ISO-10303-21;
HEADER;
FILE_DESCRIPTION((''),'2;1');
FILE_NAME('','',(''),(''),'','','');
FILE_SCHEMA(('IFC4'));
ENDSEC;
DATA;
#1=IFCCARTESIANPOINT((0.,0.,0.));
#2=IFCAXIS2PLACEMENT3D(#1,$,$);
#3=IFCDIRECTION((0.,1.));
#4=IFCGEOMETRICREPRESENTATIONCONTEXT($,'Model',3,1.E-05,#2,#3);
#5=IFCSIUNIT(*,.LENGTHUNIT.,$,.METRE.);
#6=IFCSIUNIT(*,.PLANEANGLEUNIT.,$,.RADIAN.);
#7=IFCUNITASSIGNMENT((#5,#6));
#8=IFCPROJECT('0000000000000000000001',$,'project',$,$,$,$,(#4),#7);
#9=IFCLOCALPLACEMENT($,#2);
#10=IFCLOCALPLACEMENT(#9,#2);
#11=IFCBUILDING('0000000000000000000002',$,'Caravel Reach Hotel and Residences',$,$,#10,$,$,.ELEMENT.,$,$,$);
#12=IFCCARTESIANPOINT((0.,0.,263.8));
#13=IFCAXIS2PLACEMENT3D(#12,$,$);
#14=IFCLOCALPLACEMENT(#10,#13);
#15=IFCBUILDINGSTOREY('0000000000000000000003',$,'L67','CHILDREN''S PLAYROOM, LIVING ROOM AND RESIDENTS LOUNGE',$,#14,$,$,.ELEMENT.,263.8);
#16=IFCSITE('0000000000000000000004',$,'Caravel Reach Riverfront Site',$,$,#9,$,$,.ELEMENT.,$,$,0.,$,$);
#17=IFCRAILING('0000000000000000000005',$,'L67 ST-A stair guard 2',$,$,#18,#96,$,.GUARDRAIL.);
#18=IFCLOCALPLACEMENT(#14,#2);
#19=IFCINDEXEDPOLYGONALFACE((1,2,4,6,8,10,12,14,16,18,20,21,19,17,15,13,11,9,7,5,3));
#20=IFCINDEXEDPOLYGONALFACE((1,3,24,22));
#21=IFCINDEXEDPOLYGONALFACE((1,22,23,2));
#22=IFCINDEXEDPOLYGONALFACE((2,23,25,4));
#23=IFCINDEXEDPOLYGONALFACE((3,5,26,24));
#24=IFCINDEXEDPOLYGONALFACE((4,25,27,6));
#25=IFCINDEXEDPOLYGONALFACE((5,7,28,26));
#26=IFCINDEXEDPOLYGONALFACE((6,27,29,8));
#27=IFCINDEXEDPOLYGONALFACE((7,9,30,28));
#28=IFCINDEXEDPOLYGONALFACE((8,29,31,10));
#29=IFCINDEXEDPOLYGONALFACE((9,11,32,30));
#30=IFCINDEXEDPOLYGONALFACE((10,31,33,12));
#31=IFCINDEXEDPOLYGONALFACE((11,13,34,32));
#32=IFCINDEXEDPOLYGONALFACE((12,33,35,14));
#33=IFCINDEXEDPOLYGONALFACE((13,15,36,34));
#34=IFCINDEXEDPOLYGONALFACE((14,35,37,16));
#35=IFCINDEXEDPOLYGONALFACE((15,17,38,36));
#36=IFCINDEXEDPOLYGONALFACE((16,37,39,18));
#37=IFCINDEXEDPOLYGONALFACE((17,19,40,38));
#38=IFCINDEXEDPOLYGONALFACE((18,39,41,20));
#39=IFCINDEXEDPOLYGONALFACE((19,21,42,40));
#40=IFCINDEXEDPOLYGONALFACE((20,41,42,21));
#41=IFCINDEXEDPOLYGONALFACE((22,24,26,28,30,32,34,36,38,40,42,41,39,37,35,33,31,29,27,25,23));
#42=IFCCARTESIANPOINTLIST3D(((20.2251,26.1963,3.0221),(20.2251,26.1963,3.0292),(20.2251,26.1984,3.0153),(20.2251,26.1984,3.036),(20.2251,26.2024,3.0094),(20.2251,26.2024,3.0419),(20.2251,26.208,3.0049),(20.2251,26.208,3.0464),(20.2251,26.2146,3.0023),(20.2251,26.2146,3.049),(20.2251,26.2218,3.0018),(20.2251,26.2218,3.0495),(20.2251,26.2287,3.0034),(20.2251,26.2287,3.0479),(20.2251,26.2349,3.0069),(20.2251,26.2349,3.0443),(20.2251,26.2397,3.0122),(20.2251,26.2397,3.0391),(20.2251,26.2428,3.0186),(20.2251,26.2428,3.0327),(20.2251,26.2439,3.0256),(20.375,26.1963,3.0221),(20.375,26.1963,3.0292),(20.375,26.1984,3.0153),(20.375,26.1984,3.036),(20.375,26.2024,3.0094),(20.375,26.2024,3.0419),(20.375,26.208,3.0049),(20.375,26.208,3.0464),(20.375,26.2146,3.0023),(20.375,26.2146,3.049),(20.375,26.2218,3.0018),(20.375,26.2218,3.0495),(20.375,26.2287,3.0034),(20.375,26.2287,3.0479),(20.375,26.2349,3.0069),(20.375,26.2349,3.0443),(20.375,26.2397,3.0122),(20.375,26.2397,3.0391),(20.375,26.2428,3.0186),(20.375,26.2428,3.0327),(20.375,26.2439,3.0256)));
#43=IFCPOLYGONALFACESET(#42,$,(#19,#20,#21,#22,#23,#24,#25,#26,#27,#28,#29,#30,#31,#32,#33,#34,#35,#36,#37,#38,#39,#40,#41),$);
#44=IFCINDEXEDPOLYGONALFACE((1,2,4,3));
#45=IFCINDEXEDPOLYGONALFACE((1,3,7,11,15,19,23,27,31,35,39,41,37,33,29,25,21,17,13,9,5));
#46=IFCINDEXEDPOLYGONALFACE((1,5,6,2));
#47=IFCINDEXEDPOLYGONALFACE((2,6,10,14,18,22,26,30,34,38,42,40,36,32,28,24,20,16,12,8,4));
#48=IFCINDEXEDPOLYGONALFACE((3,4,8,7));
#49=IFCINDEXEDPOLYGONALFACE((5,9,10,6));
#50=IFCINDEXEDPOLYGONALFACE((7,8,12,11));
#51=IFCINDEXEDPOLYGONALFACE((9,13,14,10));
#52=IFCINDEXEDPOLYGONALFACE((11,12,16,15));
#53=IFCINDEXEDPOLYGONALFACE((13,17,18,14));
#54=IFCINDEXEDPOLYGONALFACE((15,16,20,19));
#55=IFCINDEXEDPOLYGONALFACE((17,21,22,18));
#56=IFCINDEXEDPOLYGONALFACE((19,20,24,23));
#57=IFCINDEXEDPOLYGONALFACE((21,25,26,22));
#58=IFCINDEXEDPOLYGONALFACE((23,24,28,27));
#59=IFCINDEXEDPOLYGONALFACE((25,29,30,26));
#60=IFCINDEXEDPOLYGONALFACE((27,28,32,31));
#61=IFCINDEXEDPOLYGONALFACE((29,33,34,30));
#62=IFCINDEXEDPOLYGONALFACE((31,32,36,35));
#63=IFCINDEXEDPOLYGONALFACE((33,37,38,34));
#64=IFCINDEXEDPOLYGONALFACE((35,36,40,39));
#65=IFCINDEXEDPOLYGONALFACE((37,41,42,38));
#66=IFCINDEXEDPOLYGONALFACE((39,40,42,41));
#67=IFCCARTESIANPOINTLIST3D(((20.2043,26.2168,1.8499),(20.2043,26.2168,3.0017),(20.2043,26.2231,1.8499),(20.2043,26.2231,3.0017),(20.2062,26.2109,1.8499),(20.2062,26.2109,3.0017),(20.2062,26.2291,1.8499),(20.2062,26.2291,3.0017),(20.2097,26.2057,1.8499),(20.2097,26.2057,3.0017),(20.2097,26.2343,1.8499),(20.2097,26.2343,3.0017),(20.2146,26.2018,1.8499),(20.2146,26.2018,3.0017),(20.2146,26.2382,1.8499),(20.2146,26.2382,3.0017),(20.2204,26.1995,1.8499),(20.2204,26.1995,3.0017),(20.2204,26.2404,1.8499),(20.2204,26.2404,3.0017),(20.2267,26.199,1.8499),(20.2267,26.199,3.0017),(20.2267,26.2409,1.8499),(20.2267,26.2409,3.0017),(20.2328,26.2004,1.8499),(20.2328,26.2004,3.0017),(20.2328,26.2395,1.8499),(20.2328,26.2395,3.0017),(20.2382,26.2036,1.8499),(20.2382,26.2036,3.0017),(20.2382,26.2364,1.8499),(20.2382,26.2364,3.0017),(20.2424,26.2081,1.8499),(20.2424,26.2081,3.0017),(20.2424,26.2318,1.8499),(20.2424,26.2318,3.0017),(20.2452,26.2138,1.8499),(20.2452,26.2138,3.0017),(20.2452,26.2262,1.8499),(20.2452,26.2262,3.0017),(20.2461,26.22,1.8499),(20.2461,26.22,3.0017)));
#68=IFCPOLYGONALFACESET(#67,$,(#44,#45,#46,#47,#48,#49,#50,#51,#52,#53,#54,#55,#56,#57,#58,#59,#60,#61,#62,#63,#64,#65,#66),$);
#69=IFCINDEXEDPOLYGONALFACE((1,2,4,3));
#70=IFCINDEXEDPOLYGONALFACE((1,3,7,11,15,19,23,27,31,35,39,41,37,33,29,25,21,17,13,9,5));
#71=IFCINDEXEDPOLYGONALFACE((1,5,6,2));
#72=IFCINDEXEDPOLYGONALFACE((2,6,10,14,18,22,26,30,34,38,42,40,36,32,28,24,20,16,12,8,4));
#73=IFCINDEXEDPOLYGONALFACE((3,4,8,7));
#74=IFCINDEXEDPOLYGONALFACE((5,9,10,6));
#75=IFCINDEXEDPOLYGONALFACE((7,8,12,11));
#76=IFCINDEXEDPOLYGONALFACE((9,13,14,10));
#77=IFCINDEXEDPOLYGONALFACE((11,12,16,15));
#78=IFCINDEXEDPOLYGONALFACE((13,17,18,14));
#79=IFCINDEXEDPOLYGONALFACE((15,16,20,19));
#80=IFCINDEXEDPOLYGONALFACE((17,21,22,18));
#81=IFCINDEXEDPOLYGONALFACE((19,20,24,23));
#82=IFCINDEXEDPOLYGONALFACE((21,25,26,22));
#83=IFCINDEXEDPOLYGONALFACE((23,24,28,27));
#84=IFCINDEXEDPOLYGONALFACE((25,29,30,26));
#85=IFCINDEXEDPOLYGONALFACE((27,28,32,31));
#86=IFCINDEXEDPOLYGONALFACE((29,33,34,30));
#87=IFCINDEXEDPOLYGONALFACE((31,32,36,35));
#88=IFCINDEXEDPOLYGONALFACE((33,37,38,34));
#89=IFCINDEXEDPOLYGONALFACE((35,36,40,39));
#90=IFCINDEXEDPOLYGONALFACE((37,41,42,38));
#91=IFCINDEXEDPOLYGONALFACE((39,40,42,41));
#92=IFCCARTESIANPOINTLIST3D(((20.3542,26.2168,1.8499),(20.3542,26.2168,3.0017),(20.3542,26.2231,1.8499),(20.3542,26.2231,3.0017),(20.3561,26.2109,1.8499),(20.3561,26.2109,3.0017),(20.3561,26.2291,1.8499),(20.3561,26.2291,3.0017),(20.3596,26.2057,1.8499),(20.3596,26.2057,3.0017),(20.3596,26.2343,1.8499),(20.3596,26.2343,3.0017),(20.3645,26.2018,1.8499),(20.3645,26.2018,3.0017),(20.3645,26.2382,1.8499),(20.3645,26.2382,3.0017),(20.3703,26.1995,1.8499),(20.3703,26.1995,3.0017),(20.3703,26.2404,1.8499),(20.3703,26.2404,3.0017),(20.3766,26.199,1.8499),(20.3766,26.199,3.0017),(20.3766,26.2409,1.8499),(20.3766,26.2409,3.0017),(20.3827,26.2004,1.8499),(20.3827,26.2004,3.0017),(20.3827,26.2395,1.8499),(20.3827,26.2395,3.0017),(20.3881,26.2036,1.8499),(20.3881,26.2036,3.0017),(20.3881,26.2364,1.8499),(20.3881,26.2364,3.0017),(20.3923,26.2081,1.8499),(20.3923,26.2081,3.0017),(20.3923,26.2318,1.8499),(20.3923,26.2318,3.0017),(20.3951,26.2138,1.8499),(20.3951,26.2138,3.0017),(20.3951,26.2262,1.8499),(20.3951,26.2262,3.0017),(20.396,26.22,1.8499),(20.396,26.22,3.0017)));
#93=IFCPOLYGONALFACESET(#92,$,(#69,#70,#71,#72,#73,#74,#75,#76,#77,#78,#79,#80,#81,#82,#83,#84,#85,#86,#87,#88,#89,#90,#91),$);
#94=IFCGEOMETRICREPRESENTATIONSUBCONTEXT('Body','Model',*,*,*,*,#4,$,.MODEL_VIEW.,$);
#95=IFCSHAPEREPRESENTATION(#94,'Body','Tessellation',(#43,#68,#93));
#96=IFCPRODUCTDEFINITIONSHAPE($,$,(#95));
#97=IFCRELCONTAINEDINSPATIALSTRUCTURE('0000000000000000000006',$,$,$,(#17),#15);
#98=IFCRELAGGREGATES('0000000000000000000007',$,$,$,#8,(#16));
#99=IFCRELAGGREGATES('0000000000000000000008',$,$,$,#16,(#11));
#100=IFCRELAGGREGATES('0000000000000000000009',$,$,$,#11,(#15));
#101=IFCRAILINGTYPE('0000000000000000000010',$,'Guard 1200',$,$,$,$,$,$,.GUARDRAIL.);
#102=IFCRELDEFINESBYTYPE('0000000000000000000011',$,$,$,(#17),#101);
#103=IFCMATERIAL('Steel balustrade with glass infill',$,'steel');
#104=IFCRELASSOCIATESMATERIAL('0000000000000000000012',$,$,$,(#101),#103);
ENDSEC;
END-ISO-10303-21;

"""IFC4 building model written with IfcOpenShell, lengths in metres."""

from ifc_helpers import new_model, si_unit, direction, frame, origin, origin_2d, place, context, subcontext, project, spatial, circle, extrude, material, type_object, element, save


model = new_model("IFC4")

# Units and contexts
model_context = context("Model", 3, precision=1e-05, world=origin(), true_north=direction((0.0, 1.0)))
body_context = subcontext(model_context, "Body", "Model", "MODEL_VIEW")
ifc_project = project(units=[si_unit("LENGTHUNIT", "METRE"), si_unit("PLANEANGLEUNIT", "RADIAN")], contexts=[model_context])

# Site, building, storey
site_placement = place(None, origin())
site = spatial("IfcSite", under=ifc_project, at=site_placement, Name="Caravel Reach Riverfront Site", CompositionType="ELEMENT", RefElevation=0.0)
building_placement = place(site_placement, origin())
building = spatial("IfcBuilding", under=site, at=building_placement, Name="Caravel Reach Hotel and Residences", CompositionType="ELEMENT")
storey_placement = place(building_placement, frame((0.0, 0.0, 263.8)))
storey = spatial("IfcBuildingStorey", under=building, at=storey_placement, Name="L67", Description="CHILDREN'S PLAYROOM, LIVING ROOM AND RESIDENTS LOUNGE", CompositionType="ELEMENT", Elevation=263.8)

# Railing
ifc_material_1 = material(Name="Steel balustrade with glass infill", Category="steel")
railing_type = type_object("IfcRailingType", Name="Guard 1200", PredefinedType="GUARDRAIL", material=ifc_material_1)
railing_1_placement = place(storey_placement, frame((20.2251, 26.22, 1.8499)))
element("IfcRailing", 1, at=railing_1_placement, inside=storey, type_object=railing_type, Name="L67 ST-A stair guard 2", PredefinedType="GUARDRAIL", context=body_context, shape_type="SweptSolid", body=[
    extrude(circle(Radius=0.0239, at=origin_2d()), frame((0.0, 0.0, 1.1758), z_axis=(1.0, 0.0, 0.0), x_axis=(0.0, 1.0, 0.0)), (0.0, 0.0, 1.0), 0.1499),
    extrude(circle(Radius=0.021, at=origin_2d()), origin(), (0.0, 0.0, 1.0), 1.1519),
    extrude(circle(Radius=0.021, at=origin_2d()), frame((0.1499, 0.0, 0.0)), (0.0, 0.0, 1.0), 1.1519),
])

save(model, "model.ifc")
